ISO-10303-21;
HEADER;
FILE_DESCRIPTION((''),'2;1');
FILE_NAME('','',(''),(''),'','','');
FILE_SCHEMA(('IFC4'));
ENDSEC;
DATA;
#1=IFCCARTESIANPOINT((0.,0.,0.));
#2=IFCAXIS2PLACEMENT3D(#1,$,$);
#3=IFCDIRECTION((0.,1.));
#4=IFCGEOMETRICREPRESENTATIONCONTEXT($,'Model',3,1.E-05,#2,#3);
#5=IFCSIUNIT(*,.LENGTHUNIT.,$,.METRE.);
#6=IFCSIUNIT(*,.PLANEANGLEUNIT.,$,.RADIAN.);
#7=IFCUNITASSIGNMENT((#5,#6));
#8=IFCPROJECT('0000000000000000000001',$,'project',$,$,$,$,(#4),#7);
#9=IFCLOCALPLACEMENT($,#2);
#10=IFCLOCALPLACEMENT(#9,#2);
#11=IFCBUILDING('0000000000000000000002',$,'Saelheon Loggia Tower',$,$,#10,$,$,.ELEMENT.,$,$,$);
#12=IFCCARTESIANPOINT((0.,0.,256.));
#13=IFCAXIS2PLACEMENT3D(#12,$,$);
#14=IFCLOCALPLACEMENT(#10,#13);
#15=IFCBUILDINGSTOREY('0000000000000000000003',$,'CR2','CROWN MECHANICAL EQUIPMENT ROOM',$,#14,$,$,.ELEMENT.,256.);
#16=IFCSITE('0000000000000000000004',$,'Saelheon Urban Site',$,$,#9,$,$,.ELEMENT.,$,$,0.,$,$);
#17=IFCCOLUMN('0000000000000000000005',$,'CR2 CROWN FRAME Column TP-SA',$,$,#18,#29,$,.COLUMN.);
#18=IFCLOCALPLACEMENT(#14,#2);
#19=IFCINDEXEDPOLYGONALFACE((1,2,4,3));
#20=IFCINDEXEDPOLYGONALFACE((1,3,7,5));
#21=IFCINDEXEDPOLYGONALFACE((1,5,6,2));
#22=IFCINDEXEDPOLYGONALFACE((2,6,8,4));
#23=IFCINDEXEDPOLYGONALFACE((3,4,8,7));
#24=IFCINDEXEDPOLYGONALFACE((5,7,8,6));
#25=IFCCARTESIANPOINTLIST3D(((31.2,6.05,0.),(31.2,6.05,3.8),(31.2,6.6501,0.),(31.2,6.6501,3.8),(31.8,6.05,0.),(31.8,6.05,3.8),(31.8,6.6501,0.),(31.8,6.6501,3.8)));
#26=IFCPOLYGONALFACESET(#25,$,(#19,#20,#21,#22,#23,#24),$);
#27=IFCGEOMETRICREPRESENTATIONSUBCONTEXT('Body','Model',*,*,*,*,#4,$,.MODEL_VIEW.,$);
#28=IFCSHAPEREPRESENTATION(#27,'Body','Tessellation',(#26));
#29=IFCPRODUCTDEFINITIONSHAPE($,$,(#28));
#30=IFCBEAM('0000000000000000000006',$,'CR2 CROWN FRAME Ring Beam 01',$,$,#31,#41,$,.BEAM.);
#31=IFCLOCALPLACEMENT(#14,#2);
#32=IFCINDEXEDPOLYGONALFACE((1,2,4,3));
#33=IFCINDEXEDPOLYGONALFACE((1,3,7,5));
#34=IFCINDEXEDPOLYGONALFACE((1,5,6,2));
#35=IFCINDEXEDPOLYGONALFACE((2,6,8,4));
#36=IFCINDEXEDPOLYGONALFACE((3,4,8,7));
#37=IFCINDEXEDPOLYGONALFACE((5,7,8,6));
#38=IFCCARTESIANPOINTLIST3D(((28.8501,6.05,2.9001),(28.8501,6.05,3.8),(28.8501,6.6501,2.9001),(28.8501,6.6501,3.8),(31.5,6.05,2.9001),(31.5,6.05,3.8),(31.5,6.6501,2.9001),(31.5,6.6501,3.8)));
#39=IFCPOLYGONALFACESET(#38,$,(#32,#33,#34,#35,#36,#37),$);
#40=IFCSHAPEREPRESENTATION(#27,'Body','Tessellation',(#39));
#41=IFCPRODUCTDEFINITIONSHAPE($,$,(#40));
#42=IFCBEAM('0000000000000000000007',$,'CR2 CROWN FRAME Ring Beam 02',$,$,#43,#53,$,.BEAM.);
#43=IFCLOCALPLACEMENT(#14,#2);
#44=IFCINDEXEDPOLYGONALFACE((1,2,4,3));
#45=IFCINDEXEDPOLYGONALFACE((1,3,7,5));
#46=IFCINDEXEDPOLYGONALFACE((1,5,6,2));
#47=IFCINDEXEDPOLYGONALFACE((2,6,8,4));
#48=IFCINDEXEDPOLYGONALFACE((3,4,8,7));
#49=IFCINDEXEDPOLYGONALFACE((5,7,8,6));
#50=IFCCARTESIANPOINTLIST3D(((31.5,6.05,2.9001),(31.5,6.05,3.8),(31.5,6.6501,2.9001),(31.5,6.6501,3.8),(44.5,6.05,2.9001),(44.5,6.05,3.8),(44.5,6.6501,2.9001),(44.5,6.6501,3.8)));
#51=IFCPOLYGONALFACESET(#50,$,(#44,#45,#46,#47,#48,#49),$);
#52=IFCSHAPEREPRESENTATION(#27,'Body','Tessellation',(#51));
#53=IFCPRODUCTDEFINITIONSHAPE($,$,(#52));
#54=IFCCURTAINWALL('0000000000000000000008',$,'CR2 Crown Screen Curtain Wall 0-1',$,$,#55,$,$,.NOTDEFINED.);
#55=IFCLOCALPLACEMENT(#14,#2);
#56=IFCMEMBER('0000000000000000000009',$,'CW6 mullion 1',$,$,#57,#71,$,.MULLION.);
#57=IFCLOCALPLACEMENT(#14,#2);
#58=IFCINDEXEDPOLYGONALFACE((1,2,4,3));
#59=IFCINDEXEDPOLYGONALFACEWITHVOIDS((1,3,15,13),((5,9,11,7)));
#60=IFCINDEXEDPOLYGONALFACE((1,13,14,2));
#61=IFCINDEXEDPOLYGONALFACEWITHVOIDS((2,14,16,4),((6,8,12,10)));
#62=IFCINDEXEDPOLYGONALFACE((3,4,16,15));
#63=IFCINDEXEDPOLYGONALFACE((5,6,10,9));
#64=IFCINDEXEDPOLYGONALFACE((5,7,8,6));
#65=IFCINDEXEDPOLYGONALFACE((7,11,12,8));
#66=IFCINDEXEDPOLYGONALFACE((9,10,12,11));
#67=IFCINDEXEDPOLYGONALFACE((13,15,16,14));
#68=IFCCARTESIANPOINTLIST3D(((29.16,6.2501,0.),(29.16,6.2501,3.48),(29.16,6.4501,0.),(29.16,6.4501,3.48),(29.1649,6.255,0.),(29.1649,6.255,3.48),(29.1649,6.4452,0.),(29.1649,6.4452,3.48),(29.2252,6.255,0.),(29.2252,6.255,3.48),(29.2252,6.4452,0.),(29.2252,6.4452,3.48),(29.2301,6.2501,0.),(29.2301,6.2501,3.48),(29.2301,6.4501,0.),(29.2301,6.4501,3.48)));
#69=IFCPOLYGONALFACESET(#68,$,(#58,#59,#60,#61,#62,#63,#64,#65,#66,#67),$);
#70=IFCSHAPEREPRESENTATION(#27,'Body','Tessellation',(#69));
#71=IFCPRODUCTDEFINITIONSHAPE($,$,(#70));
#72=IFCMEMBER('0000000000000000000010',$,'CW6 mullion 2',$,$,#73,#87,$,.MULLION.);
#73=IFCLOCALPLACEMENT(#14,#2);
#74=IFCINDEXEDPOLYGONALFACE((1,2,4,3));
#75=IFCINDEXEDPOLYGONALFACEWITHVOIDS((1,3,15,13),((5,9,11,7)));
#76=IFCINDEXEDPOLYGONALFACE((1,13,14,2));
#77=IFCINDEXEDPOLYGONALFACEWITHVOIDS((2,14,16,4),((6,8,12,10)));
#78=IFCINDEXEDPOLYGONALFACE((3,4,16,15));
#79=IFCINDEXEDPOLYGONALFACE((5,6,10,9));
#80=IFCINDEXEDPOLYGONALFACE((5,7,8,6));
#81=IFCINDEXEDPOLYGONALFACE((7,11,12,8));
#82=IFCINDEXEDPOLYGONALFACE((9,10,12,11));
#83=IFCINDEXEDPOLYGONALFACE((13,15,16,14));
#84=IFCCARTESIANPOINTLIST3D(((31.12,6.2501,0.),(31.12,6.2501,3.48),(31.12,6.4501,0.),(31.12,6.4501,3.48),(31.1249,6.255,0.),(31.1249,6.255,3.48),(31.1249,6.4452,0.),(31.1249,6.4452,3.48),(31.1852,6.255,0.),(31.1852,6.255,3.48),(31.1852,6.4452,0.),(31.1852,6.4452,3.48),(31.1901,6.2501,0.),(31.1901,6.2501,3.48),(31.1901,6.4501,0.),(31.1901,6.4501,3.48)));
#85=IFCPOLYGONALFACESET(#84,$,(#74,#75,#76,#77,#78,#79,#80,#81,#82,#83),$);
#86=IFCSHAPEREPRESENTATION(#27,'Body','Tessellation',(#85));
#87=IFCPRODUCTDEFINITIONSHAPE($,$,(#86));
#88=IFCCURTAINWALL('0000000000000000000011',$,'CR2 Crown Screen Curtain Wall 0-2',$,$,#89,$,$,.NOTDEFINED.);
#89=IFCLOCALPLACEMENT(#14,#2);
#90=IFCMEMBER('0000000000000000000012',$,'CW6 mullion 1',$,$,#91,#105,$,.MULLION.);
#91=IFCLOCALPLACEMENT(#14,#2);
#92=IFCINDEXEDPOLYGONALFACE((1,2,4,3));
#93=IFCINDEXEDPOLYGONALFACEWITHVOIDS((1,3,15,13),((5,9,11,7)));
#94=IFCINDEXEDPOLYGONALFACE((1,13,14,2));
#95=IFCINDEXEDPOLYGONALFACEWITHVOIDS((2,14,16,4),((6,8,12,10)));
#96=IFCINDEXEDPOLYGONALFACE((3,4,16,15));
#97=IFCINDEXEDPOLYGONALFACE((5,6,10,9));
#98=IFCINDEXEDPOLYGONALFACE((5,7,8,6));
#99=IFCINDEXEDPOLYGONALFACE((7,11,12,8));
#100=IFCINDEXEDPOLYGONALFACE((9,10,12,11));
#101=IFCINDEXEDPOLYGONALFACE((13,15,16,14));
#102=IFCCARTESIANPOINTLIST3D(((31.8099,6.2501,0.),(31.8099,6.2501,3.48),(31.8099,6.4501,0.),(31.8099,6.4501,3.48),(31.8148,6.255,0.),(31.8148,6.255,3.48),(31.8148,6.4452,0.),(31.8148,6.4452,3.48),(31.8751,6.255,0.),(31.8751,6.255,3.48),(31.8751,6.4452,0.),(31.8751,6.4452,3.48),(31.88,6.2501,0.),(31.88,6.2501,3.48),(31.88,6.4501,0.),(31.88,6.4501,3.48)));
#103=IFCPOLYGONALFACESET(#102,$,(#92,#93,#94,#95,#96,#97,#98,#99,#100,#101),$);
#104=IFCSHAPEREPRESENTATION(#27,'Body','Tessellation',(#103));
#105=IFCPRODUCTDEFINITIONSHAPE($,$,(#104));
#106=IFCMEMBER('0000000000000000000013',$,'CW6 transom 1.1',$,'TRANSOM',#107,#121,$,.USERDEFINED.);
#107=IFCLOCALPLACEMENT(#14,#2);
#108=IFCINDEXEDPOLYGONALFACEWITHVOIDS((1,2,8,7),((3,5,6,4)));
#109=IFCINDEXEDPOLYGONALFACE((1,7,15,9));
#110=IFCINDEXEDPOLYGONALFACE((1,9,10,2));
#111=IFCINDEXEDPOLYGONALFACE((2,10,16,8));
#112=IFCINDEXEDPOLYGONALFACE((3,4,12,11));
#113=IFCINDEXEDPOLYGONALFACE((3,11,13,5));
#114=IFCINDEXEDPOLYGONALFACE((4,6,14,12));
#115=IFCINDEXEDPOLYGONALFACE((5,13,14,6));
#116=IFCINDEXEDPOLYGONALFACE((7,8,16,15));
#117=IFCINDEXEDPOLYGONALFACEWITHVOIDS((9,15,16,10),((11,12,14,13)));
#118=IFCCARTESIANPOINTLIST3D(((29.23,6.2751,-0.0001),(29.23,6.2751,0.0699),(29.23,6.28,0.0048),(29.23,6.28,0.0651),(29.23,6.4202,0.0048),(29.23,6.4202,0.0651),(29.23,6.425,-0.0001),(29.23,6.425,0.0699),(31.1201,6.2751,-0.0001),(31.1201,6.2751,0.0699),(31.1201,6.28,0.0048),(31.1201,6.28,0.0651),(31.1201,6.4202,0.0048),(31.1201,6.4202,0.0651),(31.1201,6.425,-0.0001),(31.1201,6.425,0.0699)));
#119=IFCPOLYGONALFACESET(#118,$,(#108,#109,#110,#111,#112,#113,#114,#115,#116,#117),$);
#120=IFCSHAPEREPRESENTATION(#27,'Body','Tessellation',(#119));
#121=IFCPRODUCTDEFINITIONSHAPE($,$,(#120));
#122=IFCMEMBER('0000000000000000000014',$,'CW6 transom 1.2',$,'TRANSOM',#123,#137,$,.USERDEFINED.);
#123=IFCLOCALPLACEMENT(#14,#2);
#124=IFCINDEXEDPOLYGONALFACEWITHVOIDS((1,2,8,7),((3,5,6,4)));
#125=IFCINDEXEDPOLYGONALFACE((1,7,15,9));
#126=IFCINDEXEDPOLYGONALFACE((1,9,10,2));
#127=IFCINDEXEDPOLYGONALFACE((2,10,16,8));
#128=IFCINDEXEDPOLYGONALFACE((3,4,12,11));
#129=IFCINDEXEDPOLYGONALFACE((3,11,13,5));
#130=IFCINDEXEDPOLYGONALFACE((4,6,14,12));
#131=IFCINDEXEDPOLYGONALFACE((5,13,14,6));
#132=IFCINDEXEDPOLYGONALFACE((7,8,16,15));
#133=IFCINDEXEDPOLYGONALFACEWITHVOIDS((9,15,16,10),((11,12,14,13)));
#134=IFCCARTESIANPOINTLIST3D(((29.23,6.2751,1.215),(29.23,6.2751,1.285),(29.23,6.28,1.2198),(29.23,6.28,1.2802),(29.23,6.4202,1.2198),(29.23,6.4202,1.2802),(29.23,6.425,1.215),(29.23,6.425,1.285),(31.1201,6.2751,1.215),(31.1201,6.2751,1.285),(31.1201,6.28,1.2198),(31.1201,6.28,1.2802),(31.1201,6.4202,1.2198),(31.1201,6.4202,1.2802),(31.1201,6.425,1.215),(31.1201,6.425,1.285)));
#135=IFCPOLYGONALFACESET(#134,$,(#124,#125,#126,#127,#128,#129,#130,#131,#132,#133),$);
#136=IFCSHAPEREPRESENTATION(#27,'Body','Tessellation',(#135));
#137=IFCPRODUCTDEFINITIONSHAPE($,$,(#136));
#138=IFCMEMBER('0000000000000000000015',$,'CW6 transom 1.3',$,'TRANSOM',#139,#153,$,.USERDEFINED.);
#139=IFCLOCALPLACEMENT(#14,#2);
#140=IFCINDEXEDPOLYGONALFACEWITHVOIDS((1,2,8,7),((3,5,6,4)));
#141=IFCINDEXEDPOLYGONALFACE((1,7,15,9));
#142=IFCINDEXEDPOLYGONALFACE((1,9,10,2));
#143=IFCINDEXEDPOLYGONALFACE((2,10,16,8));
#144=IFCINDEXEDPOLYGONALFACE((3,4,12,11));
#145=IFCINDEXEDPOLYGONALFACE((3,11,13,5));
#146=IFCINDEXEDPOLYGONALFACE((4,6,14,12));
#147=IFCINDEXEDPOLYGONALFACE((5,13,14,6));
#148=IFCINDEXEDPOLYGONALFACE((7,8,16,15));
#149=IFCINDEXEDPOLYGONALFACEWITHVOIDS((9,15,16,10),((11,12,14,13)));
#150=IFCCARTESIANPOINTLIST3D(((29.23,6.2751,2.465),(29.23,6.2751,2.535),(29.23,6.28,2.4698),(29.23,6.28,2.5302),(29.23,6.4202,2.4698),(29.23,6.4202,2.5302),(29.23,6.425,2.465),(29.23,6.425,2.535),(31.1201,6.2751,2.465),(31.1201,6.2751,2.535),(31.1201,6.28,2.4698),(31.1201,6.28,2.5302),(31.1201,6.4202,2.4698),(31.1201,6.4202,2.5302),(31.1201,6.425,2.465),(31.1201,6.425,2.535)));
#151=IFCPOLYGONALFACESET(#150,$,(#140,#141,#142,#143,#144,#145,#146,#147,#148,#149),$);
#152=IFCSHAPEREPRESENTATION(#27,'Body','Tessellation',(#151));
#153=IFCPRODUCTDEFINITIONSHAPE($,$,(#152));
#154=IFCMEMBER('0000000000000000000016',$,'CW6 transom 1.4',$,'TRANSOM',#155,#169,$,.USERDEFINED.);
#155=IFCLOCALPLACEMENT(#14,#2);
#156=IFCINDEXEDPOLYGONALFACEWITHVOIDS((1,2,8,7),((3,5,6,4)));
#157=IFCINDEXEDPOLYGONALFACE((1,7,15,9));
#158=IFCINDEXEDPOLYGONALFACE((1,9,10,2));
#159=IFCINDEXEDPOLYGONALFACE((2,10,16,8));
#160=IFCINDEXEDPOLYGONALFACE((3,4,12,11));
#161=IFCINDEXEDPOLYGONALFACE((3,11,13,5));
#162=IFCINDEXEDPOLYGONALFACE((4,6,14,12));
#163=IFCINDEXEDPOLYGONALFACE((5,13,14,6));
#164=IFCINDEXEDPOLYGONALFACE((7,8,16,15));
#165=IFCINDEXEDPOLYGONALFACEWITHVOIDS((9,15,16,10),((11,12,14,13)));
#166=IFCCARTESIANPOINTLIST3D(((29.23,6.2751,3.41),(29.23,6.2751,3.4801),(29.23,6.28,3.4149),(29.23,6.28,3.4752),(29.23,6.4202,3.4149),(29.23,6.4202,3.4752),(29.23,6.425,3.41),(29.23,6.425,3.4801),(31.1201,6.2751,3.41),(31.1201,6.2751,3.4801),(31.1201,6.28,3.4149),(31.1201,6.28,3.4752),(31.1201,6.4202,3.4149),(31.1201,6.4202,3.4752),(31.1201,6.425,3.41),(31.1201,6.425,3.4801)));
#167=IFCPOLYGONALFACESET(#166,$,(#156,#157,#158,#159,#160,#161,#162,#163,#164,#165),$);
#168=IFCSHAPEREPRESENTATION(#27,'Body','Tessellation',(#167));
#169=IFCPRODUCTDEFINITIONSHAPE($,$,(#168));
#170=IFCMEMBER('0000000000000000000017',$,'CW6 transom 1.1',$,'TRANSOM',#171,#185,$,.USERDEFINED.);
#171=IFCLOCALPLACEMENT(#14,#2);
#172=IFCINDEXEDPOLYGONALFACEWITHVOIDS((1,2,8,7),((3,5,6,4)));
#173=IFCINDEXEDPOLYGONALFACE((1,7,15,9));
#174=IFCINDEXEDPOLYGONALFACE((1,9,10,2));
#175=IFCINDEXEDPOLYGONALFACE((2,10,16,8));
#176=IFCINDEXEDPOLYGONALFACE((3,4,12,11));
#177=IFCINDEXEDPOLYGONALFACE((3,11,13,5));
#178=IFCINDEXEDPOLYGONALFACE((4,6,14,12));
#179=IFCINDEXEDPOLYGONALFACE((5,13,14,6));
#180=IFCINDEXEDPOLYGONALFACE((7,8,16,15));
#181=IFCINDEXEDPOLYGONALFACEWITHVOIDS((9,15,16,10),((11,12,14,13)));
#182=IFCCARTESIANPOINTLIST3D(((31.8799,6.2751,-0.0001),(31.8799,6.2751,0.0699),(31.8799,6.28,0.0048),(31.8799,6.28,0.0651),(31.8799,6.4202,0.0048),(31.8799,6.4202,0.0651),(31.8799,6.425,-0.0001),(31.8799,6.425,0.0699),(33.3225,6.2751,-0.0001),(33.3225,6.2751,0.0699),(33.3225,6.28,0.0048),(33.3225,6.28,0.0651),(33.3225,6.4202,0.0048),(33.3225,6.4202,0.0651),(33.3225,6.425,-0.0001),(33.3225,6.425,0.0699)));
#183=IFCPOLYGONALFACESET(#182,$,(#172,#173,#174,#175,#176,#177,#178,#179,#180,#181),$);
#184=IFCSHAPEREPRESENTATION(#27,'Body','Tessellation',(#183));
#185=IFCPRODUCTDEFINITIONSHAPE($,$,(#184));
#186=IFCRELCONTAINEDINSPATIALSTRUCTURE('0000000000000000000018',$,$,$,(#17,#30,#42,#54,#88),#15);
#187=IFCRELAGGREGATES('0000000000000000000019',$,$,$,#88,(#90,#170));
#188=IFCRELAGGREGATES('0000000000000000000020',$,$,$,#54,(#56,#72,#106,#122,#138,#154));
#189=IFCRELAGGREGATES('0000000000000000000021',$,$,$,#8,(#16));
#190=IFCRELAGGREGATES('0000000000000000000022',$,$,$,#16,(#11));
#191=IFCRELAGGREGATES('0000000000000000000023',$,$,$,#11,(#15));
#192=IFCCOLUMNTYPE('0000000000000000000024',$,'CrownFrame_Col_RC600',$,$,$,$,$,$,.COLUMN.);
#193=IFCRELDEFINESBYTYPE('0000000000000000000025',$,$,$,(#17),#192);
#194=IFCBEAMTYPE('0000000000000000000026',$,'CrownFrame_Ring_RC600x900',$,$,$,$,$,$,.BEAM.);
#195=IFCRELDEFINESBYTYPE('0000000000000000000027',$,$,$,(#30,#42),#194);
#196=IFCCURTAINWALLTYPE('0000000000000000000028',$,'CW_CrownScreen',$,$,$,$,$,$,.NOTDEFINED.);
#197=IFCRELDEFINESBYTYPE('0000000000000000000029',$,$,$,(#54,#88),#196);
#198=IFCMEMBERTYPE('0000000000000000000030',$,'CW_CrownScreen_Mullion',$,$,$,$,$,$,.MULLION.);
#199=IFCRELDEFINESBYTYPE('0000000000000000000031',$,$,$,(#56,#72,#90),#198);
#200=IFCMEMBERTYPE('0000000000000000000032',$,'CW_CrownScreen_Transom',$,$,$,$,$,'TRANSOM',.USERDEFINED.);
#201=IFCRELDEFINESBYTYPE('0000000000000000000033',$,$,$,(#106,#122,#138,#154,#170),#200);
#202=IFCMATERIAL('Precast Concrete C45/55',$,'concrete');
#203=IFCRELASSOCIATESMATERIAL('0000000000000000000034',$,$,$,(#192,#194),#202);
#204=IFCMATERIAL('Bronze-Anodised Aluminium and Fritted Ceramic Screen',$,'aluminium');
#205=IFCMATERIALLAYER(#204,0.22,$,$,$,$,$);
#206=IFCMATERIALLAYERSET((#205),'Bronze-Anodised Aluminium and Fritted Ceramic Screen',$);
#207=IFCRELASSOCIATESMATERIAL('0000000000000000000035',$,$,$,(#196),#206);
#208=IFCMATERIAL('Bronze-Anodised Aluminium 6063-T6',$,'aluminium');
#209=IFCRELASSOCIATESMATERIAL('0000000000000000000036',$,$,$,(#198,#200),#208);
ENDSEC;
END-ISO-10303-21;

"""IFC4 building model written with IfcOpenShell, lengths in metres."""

from ifc_helpers import new_model, si_unit, direction, frame, origin, origin_2d, place, context, subcontext, project, spatial, rectangle, hollow_rectangle, extrude, source, transform, mapped, material, layer, layer_set, material_profile, profile_set, type_object, element, aggregate, save


model = new_model("IFC4")

# Units and contexts
model_context = context("Model", 3, precision=1e-05, world=origin(), true_north=direction((0.0, 1.0)))
body_context = subcontext(model_context, "Body", "Model", "MODEL_VIEW")
ifc_project = project(units=[si_unit("LENGTHUNIT", "METRE"), si_unit("PLANEANGLEUNIT", "RADIAN")], contexts=[model_context])

# Site, building, storey
site_placement = place(None, origin())
site = spatial("IfcSite", under=ifc_project, at=site_placement, Name="Saelheon Urban Site", CompositionType="ELEMENT", RefElevation=0.0)
building_placement = place(site_placement, origin())
building = spatial("IfcBuilding", under=site, at=building_placement, Name="Saelheon Loggia Tower", CompositionType="ELEMENT")
storey_placement = place(building_placement, frame((0.0, 0.0, 256.0)))
storey = spatial("IfcBuildingStorey", under=building, at=storey_placement, Name="CR2", Description="CROWN MECHANICAL EQUIPMENT ROOM", CompositionType="ELEMENT", Elevation=256.0)

# Column
ifc_material_1 = material(Name="Precast Concrete C45/55", Category="concrete")
ifc_material_profile_1 = material_profile(ifc_material_1, rectangle(XDim=0.6001, YDim=0.6001, at=origin_2d()), Name="RC-600x600")
ifc_profile_set_1 = profile_set([ifc_material_profile_1], Name="Precast Concrete C45/55")
column_type = type_object("IfcColumnType", Name="CrownFrame_Col_RC600", PredefinedType="COLUMN", material=ifc_profile_set_1)
shared_shape_1 = source(origin(), body_context, "Body", "SweptSolid", [
    extrude(rectangle(XDim=0.6001, YDim=0.6001, at=origin_2d()), origin(), (0.0, 0.0, 1.0), 3.8),
])
column_placement = place(storey_placement, frame((31.5, 6.3501, 0.0), z_axis=(0.0, 0.0, 1.0), x_axis=(1.0, 0.0, 0.0)))
element("IfcColumn", 1, at=column_placement, inside=storey, type_object=column_type, Name="CR2 CROWN FRAME Column TP-SA", PredefinedType="COLUMN", context=body_context, shape_type="MappedRepresentation", body=[
    mapped(shared_shape_1, transform((0.0, 0.0, 0.0), scale=1.0)),
])

# Beams
ifc_material_profile_2 = material_profile(ifc_material_1, rectangle(XDim=0.6001, YDim=0.8999, at=origin_2d()), Name="RC-600x900")
ifc_profile_set_2 = profile_set([ifc_material_profile_2], Name="Precast Concrete C45/55")
beam_type = type_object("IfcBeamType", Name="CrownFrame_Ring_RC600x900", PredefinedType="BEAM", material=ifc_profile_set_2)
shared_shape_2 = source(origin(), body_context, "Body", "SweptSolid", [
    extrude(rectangle(XDim=0.6001, YDim=0.8999, at=origin_2d()), origin(), (0.0, 0.0, 1.0), 2.6499),
])
beam_1_placement = place(storey_placement, frame((28.8501, 6.3501, 3.3501), z_axis=(1.0, 0.0, 0.0), x_axis=(0.0, 1.0, 0.0)))
element("IfcBeam", 2, at=beam_1_placement, inside=storey, type_object=beam_type, Name="CR2 CROWN FRAME Ring Beam 01", PredefinedType="BEAM", context=body_context, shape_type="MappedRepresentation", body=[
    mapped(shared_shape_2, transform((0.0, 0.0, 0.0), scale=1.0)),
])
shared_shape_3 = source(origin(), body_context, "Body", "SweptSolid", [
    extrude(rectangle(XDim=0.6001, YDim=0.8999, at=origin_2d()), origin(), (0.0, 0.0, 1.0), 13.0),
])
beam_2_placement = place(storey_placement, frame((31.5, 6.3501, 3.3501), z_axis=(1.0, 0.0, 0.0), x_axis=(0.0, 1.0, 0.0)))
element("IfcBeam", 3, at=beam_2_placement, inside=storey, type_object=beam_type, Name="CR2 CROWN FRAME Ring Beam 02", PredefinedType="BEAM", context=body_context, shape_type="MappedRepresentation", body=[
    mapped(shared_shape_3, transform((0.0, 0.0, 0.0), scale=1.0)),
])

# Curtain wall, members
ifc_material_2 = material(Name="Bronze-Anodised Aluminium and Fritted Ceramic Screen", Category="aluminium")
ifc_layer_1 = layer(ifc_material_2, 0.22)
ifc_layer_set_1 = layer_set([ifc_layer_1], Name="Bronze-Anodised Aluminium and Fritted Ceramic Screen")
curtain_wall_type = type_object("IfcCurtainWallType", Name="CW_CrownScreen", PredefinedType="NOTDEFINED", material=ifc_layer_set_1)
curtain_wall_1_placement = place(storey_placement, origin())
curtain_wall_1 = element("IfcCurtainWall", 4, at=curtain_wall_1_placement, inside=storey, type_object=curtain_wall_type, Name="CR2 Crown Screen Curtain Wall 0-1", PredefinedType="NOTDEFINED")
ifc_material_3 = material(Name="Bronze-Anodised Aluminium 6063-T6", Category="aluminium")
ifc_material_profile_3 = material_profile(ifc_material_3, hollow_rectangle(XDim=0.0701, YDim=0.2, WallThickness=0.0049, at=origin_2d()), Name="RHS-200x70x5")
ifc_profile_set_3 = profile_set([ifc_material_profile_3], Name="Bronze-Anodised Aluminium 6063-T6")
member_type_1 = type_object("IfcMemberType", Name="CW_CrownScreen_Mullion", PredefinedType="MULLION", material=ifc_profile_set_3)
shared_shape_4 = source(origin(), body_context, "Body", "SweptSolid", [
    extrude(hollow_rectangle(XDim=0.0701, YDim=0.2, WallThickness=0.0049, at=origin_2d()), origin(), (0.0, 0.0, 1.0), 3.48),
])
member_1_placement = place(storey_placement, frame((29.1951, 6.3501, 0.0), z_axis=(0.0, 0.0, 1.0), x_axis=(1.0, 0.0, 0.0)))
member_1 = element("IfcMember", 5, at=member_1_placement, type_object=member_type_1, Name="CW6 mullion 1", PredefinedType="MULLION", context=body_context, shape_type="MappedRepresentation", body=[
    mapped(shared_shape_4, transform((0.0, 0.0, 0.0), scale=1.0)),
])
member_2_placement = place(storey_placement, frame((31.155, 6.3501, 0.0), z_axis=(0.0, 0.0, 1.0), x_axis=(1.0, 0.0, 0.0)))
member_2 = element("IfcMember", 6, at=member_2_placement, type_object=member_type_1, Name="CW6 mullion 2", PredefinedType="MULLION", context=body_context, shape_type="MappedRepresentation", body=[
    mapped(shared_shape_4, transform((0.0, 0.0, 0.0), scale=1.0)),
])

# Curtain wall, member
curtain_wall_2_placement = place(storey_placement, origin())
curtain_wall_2 = element("IfcCurtainWall", 7, at=curtain_wall_2_placement, inside=storey, type_object=curtain_wall_type, Name="CR2 Crown Screen Curtain Wall 0-2", PredefinedType="NOTDEFINED")
member_3_placement = place(storey_placement, frame((31.845, 6.3501, 0.0), z_axis=(0.0, 0.0, 1.0), x_axis=(1.0, 0.0, 0.0)))
member_3 = element("IfcMember", 8, at=member_3_placement, type_object=member_type_1, Name="CW6 mullion 1", PredefinedType="MULLION", context=body_context, shape_type="MappedRepresentation", body=[
    mapped(shared_shape_4, transform((0.0, 0.0, 0.0), scale=1.0)),
])

# Members
ifc_material_profile_4 = material_profile(ifc_material_3, hollow_rectangle(XDim=0.0701, YDim=0.1499, WallThickness=0.0049, at=origin_2d()), Name="RHS-150x70x5")
ifc_profile_set_4 = profile_set([ifc_material_profile_4], Name="Bronze-Anodised Aluminium 6063-T6")
member_type_2 = type_object("IfcMemberType", Name="CW_CrownScreen_Transom", ElementType="TRANSOM", PredefinedType="USERDEFINED", material=ifc_profile_set_4)
shared_shape_5 = source(origin(), body_context, "Body", "SweptSolid", [
    extrude(hollow_rectangle(XDim=0.0701, YDim=0.1499, WallThickness=0.0049, at=origin_2d()), origin(), (0.0, 0.0, 1.0), 1.8901),
])
member_4_placement = place(storey_placement, frame((29.23, 6.3501, 0.0349), z_axis=(1.0, 0.0, 0.0), x_axis=(0.0, 0.0, 1.0)))
member_4 = element("IfcMember", 9, at=member_4_placement, type_object=member_type_2, Name="CW6 transom 1.1", ObjectType="TRANSOM", PredefinedType="USERDEFINED", context=body_context, shape_type="MappedRepresentation", body=[
    mapped(shared_shape_5, transform((0.0, 0.0, 0.0), scale=1.0)),
])
member_5_placement = place(storey_placement, frame((29.23, 6.3501, 1.25), z_axis=(1.0, 0.0, 0.0), x_axis=(0.0, 0.0, 1.0)))
member_5 = element("IfcMember", 10, at=member_5_placement, type_object=member_type_2, Name="CW6 transom 1.2", ObjectType="TRANSOM", PredefinedType="USERDEFINED", context=body_context, shape_type="MappedRepresentation", body=[
    mapped(shared_shape_5, transform((0.0, 0.0, 0.0), scale=1.0)),
])
member_6_placement = place(storey_placement, frame((29.23, 6.3501, 2.5), z_axis=(1.0, 0.0, 0.0), x_axis=(0.0, 0.0, 1.0)))
member_6 = element("IfcMember", 11, at=member_6_placement, type_object=member_type_2, Name="CW6 transom 1.3", ObjectType="TRANSOM", PredefinedType="USERDEFINED", context=body_context, shape_type="MappedRepresentation", body=[
    mapped(shared_shape_5, transform((0.0, 0.0, 0.0), scale=1.0)),
])
member_7_placement = place(storey_placement, frame((29.23, 6.3501, 3.4451), z_axis=(1.0, 0.0, 0.0), x_axis=(0.0, 0.0, 1.0)))
member_7 = element("IfcMember", 12, at=member_7_placement, type_object=member_type_2, Name="CW6 transom 1.4", ObjectType="TRANSOM", PredefinedType="USERDEFINED", context=body_context, shape_type="MappedRepresentation", body=[
    mapped(shared_shape_5, transform((0.0, 0.0, 0.0), scale=1.0)),
])
shared_shape_6 = source(origin(), body_context, "Body", "SweptSolid", [
    extrude(hollow_rectangle(XDim=0.0701, YDim=0.1499, WallThickness=0.0049, at=origin_2d()), origin(), (0.0, 0.0, 1.0), 1.4426),
])
member_8_placement = place(storey_placement, frame((31.8799, 6.3501, 0.0349), z_axis=(1.0, 0.0, 0.0), x_axis=(0.0, 0.0, 1.0)))
member_8 = element("IfcMember", 13, at=member_8_placement, type_object=member_type_2, Name="CW6 transom 1.1", ObjectType="TRANSOM", PredefinedType="USERDEFINED", context=body_context, shape_type="MappedRepresentation", body=[
    mapped(shared_shape_6, transform((0.0, 0.0, 0.0), scale=1.0)),
])
aggregate(curtain_wall_2, [member_3, member_8])

aggregate(curtain_wall_1, [member_1, member_2, member_4, member_5, member_6, member_7])

save(model, "model.ifc")
